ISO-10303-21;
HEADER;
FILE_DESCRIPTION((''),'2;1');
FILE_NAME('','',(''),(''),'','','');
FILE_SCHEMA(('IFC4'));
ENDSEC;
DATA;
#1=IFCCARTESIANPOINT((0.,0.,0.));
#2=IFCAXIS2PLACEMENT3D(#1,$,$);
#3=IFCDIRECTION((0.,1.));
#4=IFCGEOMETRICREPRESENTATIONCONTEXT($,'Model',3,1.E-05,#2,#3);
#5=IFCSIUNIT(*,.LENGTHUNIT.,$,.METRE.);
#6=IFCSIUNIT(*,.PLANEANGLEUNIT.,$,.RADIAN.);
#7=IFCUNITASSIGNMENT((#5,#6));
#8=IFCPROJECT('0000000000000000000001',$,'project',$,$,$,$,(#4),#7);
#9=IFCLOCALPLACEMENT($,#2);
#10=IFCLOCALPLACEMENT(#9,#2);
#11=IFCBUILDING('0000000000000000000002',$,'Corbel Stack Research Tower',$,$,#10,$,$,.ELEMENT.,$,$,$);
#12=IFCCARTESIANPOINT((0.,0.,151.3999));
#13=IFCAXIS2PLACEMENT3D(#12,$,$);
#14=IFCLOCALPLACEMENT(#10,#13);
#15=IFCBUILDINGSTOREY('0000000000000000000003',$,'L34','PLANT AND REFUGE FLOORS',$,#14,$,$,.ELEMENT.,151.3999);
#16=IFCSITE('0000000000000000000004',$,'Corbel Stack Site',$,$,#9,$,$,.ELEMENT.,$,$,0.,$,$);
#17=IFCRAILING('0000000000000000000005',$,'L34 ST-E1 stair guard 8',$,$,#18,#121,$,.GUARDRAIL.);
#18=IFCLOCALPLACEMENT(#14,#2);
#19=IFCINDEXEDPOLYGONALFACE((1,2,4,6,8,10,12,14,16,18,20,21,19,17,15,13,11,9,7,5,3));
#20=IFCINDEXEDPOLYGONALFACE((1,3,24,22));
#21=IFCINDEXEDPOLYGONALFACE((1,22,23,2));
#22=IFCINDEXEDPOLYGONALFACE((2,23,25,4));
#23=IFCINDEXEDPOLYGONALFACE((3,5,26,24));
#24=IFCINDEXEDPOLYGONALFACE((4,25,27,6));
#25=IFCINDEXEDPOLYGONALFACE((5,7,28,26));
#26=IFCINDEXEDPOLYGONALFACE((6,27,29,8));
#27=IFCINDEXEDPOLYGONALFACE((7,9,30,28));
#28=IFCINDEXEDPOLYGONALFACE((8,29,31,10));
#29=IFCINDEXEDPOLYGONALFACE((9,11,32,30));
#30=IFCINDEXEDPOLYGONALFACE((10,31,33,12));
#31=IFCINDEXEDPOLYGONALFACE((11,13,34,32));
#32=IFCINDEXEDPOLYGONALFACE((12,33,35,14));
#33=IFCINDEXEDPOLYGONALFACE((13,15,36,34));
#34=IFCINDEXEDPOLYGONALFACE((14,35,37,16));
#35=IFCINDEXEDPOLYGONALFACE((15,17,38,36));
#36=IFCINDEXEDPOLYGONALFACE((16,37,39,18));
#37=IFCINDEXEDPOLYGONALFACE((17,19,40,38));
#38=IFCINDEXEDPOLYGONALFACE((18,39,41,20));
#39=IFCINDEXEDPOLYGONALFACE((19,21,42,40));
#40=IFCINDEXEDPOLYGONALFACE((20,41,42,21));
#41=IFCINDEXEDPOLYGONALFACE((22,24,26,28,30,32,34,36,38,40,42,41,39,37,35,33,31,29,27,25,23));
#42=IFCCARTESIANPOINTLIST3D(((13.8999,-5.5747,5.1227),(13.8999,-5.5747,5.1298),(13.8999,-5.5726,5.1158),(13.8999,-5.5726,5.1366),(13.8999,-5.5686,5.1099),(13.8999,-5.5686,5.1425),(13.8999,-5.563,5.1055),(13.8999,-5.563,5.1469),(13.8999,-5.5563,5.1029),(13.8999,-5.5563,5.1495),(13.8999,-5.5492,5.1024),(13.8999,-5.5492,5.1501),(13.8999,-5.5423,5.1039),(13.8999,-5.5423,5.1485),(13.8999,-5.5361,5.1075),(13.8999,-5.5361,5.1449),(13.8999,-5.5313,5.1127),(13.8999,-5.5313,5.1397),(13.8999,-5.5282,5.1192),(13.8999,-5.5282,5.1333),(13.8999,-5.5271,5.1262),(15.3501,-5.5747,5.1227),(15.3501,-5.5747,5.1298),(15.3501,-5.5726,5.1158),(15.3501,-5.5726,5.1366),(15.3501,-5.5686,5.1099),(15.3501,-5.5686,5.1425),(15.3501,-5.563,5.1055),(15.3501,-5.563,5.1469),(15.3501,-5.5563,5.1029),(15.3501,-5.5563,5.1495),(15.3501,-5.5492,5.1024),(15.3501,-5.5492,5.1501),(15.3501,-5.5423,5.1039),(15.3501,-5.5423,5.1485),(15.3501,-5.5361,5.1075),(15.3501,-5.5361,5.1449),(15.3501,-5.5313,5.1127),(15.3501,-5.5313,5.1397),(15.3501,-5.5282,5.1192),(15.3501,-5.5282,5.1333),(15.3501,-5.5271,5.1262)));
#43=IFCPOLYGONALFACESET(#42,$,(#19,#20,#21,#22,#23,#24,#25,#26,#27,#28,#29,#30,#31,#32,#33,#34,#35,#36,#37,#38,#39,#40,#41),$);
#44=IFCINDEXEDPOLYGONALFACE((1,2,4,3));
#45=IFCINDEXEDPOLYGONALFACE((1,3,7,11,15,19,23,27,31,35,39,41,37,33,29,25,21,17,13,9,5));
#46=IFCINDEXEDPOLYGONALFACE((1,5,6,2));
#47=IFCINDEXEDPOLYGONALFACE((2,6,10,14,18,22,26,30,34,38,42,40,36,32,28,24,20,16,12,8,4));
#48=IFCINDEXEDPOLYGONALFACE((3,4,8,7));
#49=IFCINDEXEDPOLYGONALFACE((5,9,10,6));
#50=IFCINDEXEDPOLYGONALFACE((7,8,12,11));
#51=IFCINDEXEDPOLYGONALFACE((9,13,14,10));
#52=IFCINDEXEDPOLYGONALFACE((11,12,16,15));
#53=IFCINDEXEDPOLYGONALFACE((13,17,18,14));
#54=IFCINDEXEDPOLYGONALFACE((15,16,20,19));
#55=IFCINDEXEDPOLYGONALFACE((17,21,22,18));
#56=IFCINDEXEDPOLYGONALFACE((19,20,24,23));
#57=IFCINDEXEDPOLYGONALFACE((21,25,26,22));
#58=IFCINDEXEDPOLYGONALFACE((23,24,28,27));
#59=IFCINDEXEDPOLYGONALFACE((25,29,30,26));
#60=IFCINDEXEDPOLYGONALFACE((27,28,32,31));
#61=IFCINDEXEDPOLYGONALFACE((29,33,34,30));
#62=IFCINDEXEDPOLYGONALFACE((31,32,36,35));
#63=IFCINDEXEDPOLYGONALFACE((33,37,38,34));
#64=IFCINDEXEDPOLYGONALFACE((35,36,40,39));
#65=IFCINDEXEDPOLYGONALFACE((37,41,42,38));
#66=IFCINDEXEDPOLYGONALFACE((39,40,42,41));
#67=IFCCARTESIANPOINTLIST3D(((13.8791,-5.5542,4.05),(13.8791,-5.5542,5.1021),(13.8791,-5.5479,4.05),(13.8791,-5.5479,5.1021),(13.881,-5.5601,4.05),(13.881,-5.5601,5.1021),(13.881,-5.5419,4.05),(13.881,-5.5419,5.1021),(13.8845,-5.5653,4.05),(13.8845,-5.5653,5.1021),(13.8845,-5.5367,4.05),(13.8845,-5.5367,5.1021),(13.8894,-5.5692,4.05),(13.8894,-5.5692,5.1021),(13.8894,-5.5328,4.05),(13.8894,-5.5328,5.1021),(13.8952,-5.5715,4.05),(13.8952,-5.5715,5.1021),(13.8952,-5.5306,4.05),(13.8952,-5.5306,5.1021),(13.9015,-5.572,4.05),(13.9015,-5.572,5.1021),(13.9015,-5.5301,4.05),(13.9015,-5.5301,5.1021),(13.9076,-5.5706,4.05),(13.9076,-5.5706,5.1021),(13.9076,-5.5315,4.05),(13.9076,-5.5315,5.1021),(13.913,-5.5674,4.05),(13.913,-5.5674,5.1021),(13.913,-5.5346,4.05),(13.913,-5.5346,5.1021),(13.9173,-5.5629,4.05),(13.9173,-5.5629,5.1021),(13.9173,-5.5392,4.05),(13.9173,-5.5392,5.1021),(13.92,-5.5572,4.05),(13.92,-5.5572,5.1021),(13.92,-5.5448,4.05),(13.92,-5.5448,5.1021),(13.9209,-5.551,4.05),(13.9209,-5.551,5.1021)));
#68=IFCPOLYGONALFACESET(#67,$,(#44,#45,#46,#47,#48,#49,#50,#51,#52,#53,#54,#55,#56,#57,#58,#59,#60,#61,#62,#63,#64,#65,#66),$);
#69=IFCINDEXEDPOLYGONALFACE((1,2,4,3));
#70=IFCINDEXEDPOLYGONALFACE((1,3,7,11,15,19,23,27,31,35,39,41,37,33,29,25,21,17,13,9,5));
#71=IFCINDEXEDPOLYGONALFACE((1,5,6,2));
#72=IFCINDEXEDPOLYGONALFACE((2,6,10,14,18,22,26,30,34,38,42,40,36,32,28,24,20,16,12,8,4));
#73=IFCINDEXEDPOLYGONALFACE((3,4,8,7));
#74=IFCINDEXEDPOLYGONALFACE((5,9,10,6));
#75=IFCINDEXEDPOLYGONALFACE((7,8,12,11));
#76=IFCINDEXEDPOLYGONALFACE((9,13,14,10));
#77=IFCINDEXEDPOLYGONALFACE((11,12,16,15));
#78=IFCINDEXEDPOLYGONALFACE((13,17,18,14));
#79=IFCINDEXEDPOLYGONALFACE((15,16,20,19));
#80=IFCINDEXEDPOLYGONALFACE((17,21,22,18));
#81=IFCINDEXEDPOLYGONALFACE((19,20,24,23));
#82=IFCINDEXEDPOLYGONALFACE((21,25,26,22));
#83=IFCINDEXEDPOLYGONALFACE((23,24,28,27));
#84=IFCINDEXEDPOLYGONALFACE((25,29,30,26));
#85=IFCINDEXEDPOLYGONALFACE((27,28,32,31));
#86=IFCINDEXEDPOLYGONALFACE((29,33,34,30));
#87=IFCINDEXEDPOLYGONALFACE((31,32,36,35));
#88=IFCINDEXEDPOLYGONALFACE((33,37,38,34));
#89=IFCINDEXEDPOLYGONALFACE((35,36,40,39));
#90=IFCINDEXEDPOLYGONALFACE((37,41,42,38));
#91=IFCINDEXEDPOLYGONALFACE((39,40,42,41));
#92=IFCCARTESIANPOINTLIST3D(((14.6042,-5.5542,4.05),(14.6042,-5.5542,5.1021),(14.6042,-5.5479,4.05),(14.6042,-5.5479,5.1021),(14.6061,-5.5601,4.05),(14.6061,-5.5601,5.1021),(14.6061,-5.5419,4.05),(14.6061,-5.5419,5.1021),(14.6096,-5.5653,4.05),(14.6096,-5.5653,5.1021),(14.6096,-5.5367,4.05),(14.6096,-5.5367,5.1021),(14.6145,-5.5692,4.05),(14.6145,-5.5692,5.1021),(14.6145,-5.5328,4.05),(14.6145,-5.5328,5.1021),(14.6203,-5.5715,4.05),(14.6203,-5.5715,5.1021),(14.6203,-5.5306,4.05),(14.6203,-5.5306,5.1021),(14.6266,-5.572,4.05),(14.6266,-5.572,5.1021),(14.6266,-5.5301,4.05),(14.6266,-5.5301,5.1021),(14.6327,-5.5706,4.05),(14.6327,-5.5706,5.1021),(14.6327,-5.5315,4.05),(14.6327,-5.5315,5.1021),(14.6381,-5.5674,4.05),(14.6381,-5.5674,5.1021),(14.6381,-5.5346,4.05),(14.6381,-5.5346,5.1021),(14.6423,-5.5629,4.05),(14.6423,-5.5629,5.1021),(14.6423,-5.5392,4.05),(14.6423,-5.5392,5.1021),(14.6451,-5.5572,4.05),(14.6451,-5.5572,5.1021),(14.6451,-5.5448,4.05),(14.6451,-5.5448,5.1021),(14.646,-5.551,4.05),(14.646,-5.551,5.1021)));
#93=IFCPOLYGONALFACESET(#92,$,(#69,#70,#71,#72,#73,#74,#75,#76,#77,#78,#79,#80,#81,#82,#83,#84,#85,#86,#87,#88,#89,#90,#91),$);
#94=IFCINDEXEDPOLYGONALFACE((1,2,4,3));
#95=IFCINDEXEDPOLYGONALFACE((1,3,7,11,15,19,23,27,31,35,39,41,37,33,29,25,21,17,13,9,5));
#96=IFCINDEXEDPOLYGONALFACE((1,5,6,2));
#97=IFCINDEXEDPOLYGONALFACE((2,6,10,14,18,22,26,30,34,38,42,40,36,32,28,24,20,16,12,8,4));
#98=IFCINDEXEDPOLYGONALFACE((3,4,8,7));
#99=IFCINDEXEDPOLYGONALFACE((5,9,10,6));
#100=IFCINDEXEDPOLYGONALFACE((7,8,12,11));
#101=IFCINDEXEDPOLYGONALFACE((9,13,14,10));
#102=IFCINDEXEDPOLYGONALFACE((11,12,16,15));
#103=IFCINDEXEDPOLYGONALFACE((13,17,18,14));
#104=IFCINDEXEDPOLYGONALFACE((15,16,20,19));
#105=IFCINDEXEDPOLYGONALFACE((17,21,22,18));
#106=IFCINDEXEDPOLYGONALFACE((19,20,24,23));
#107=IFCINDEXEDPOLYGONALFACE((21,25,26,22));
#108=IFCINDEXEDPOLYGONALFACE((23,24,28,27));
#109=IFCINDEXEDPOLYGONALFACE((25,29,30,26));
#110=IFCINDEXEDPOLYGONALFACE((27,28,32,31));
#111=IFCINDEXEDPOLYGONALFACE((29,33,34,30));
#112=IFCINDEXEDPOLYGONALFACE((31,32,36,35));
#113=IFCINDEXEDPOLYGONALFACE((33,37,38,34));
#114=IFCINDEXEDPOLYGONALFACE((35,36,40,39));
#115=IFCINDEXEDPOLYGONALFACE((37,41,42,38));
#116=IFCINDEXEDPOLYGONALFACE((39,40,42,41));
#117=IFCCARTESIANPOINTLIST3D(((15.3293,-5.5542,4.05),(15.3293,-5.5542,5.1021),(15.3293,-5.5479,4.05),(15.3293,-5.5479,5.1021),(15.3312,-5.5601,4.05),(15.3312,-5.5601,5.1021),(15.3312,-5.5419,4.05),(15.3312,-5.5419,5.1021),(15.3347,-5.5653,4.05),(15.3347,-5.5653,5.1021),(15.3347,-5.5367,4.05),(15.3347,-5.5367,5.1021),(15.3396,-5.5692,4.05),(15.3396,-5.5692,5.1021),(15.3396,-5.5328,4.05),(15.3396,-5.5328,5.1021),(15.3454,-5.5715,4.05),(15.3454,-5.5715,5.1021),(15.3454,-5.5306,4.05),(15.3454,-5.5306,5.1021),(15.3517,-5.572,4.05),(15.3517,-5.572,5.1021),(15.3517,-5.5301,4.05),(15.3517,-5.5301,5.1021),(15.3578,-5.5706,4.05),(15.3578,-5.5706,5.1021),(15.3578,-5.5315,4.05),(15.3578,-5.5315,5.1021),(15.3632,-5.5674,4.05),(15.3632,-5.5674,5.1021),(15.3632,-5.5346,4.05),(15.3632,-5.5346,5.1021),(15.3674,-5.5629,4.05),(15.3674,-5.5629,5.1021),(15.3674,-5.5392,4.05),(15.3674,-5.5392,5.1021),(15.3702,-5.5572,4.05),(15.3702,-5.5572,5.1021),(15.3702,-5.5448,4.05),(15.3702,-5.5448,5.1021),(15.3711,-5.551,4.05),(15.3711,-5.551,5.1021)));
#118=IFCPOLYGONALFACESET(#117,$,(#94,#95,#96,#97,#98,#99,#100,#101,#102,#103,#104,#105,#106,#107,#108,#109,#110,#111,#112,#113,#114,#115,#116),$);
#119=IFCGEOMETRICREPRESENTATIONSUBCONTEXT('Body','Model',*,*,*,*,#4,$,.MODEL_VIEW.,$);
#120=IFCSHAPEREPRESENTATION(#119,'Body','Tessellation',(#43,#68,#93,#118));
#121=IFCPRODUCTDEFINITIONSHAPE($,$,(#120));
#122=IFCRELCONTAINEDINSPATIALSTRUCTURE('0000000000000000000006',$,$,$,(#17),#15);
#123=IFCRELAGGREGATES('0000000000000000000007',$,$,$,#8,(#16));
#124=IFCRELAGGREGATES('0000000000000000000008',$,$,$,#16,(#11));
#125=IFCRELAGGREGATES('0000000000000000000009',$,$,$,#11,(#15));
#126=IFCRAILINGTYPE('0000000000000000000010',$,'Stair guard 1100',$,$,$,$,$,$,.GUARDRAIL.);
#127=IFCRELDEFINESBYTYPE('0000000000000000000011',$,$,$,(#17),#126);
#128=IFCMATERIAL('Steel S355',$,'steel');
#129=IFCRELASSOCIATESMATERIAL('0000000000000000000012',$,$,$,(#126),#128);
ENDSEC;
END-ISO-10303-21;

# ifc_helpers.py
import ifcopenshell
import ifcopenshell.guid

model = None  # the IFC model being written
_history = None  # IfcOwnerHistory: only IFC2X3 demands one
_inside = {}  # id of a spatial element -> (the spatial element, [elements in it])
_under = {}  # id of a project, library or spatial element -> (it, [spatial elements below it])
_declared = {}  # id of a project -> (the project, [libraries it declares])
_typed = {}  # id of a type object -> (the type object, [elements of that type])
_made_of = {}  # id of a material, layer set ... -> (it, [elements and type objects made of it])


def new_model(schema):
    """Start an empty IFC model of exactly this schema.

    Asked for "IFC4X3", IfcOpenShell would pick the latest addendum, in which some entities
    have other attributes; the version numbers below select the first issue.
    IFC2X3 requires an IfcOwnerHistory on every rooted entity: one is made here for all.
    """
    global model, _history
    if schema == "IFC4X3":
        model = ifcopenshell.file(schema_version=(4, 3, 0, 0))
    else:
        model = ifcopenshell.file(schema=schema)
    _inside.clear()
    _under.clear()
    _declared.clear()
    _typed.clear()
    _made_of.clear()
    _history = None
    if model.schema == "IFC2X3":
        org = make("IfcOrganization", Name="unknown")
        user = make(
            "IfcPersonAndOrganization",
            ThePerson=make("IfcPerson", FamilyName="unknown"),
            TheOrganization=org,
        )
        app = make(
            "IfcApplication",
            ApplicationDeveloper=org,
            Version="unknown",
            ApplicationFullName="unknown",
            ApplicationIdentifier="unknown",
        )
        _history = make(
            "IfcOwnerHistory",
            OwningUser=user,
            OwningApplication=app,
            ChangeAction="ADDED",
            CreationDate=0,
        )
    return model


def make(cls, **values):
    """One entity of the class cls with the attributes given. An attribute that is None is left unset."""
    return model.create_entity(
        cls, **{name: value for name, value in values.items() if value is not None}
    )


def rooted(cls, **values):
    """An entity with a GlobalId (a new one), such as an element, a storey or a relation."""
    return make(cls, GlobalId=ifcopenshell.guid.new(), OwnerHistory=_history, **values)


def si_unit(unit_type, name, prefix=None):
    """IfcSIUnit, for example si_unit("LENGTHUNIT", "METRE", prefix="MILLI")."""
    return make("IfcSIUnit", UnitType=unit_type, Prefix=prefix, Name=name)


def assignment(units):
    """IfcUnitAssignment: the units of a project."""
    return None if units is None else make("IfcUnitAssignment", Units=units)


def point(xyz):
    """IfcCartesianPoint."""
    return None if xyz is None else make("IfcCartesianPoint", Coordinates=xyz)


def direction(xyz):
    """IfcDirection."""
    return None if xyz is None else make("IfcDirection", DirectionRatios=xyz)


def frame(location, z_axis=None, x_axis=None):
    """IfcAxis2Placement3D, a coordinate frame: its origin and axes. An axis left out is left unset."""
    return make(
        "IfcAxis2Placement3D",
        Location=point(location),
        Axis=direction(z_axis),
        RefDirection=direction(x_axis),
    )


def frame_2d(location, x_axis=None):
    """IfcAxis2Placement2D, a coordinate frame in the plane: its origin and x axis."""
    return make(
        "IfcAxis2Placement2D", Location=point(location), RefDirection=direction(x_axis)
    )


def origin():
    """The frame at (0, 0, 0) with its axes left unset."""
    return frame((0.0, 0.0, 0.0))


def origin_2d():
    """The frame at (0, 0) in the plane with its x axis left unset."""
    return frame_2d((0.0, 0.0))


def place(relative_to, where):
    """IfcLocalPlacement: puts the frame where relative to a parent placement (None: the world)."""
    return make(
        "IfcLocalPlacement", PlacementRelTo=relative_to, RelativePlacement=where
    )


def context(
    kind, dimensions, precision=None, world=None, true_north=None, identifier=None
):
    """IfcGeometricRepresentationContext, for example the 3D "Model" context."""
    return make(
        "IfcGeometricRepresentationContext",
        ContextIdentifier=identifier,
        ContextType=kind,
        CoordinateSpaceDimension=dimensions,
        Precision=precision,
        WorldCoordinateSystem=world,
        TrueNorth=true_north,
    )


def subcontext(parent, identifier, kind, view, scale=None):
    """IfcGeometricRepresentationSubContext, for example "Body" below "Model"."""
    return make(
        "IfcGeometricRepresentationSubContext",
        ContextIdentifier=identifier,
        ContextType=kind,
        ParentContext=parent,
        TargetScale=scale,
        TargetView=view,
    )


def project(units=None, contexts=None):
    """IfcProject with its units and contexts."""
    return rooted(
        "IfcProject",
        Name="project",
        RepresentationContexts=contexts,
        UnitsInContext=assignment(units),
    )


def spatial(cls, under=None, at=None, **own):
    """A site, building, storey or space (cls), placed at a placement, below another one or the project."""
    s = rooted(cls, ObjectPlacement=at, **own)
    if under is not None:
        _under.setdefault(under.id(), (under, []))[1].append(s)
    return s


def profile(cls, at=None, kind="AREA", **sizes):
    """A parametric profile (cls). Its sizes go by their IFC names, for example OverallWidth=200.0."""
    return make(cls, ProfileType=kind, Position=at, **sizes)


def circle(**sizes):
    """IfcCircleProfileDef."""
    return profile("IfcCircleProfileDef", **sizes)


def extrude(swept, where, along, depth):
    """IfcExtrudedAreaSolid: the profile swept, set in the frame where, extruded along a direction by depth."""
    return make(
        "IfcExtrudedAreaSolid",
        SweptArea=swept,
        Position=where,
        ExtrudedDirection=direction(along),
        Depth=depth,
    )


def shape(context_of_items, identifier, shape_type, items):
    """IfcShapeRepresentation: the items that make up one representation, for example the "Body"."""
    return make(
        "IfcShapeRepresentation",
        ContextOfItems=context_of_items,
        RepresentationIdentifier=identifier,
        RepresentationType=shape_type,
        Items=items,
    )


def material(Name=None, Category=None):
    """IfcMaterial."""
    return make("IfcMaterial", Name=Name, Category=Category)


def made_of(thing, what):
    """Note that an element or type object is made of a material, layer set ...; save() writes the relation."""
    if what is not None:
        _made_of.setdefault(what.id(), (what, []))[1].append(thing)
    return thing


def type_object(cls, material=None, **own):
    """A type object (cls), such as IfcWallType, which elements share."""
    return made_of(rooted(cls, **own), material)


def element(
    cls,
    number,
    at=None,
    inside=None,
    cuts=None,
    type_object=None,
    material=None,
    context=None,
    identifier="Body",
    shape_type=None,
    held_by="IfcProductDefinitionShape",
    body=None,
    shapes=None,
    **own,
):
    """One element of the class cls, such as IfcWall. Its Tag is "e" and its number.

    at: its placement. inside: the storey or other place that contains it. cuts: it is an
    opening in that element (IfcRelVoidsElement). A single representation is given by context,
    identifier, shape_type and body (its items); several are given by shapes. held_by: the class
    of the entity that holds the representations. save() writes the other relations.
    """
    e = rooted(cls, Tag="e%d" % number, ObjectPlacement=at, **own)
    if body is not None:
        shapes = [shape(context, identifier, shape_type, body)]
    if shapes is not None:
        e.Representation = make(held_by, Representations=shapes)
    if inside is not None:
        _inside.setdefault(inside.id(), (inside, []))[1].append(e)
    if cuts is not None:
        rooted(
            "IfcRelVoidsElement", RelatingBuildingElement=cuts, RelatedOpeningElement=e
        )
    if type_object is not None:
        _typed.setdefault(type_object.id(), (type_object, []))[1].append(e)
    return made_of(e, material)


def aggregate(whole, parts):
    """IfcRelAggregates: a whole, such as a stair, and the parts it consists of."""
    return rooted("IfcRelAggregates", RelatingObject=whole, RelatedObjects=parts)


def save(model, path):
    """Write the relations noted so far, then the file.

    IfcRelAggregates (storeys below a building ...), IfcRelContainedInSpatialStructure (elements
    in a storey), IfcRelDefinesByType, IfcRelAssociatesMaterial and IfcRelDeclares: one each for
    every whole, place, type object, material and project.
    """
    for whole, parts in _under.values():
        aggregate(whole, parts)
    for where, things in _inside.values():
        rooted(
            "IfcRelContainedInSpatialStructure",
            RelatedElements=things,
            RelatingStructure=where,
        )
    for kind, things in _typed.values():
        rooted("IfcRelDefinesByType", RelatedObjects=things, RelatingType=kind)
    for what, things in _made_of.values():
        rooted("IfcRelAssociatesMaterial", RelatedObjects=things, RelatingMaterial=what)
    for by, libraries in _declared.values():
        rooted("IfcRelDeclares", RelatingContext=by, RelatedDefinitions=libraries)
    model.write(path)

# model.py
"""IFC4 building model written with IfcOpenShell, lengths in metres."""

from ifc_helpers import new_model, si_unit, direction, frame, origin, origin_2d, place, context, subcontext, project, spatial, circle, extrude, material, type_object, element, save


model = new_model("IFC4")

# Units and contexts
model_context = context("Model", 3, precision=1e-05, world=origin(), true_north=direction((0.0, 1.0)))
body_context = subcontext(model_context, "Body", "Model", "MODEL_VIEW")
ifc_project = project(units=[si_unit("LENGTHUNIT", "METRE"), si_unit("PLANEANGLEUNIT", "RADIAN")], contexts=[model_context])

# Site, building, storey
site_placement = place(None, origin())
site = spatial("IfcSite", under=ifc_project, at=site_placement, Name="Corbel Stack Site", CompositionType="ELEMENT", RefElevation=0.0)
building_placement = place(site_placement, origin())
building = spatial("IfcBuilding", under=site, at=building_placement, Name="Corbel Stack Research Tower", CompositionType="ELEMENT")
storey_placement = place(building_placement, frame((0.0, 0.0, 151.3999)))
storey = spatial("IfcBuildingStorey", under=building, at=storey_placement, Name="L34", Description="PLANT AND REFUGE FLOORS", CompositionType="ELEMENT", Elevation=151.3999)

# Railing
ifc_material_1 = material(Name="Steel S355", Category="steel")
railing_type_1 = type_object("IfcRailingType", Name="Stair guard 1100", PredefinedType="GUARDRAIL", material=ifc_material_1)
railing_1_placement = place(storey_placement, frame((13.8999, -5.551, 4.05)))
element("IfcRailing", 1, at=railing_1_placement, inside=storey, type_object=railing_type_1, Name="L34 ST-E1 stair guard 8", PredefinedType="GUARDRAIL", context=body_context, shape_type="SweptSolid", body=[
    extrude(circle(Radius=0.0239, at=origin_2d()), frame((0.0, 0.0, 1.0762), z_axis=(1.0, 0.0, 0.0), x_axis=(0.0, 1.0, 0.0)), (0.0, 0.0, 1.0), 1.4502),
    extrude(circle(Radius=0.021, at=origin_2d()), origin(), (0.0, 0.0, 1.0), 1.052),
    extrude(circle(Radius=0.021, at=origin_2d()), frame((0.7251, 0.0, 0.0)), (0.0, 0.0, 1.0), 1.052),
    extrude(circle(Radius=0.021, at=origin_2d()), frame((1.4502, 0.0, 0.0)), (0.0, 0.0, 1.0), 1.052),
])

save(model, "model.ifc")
